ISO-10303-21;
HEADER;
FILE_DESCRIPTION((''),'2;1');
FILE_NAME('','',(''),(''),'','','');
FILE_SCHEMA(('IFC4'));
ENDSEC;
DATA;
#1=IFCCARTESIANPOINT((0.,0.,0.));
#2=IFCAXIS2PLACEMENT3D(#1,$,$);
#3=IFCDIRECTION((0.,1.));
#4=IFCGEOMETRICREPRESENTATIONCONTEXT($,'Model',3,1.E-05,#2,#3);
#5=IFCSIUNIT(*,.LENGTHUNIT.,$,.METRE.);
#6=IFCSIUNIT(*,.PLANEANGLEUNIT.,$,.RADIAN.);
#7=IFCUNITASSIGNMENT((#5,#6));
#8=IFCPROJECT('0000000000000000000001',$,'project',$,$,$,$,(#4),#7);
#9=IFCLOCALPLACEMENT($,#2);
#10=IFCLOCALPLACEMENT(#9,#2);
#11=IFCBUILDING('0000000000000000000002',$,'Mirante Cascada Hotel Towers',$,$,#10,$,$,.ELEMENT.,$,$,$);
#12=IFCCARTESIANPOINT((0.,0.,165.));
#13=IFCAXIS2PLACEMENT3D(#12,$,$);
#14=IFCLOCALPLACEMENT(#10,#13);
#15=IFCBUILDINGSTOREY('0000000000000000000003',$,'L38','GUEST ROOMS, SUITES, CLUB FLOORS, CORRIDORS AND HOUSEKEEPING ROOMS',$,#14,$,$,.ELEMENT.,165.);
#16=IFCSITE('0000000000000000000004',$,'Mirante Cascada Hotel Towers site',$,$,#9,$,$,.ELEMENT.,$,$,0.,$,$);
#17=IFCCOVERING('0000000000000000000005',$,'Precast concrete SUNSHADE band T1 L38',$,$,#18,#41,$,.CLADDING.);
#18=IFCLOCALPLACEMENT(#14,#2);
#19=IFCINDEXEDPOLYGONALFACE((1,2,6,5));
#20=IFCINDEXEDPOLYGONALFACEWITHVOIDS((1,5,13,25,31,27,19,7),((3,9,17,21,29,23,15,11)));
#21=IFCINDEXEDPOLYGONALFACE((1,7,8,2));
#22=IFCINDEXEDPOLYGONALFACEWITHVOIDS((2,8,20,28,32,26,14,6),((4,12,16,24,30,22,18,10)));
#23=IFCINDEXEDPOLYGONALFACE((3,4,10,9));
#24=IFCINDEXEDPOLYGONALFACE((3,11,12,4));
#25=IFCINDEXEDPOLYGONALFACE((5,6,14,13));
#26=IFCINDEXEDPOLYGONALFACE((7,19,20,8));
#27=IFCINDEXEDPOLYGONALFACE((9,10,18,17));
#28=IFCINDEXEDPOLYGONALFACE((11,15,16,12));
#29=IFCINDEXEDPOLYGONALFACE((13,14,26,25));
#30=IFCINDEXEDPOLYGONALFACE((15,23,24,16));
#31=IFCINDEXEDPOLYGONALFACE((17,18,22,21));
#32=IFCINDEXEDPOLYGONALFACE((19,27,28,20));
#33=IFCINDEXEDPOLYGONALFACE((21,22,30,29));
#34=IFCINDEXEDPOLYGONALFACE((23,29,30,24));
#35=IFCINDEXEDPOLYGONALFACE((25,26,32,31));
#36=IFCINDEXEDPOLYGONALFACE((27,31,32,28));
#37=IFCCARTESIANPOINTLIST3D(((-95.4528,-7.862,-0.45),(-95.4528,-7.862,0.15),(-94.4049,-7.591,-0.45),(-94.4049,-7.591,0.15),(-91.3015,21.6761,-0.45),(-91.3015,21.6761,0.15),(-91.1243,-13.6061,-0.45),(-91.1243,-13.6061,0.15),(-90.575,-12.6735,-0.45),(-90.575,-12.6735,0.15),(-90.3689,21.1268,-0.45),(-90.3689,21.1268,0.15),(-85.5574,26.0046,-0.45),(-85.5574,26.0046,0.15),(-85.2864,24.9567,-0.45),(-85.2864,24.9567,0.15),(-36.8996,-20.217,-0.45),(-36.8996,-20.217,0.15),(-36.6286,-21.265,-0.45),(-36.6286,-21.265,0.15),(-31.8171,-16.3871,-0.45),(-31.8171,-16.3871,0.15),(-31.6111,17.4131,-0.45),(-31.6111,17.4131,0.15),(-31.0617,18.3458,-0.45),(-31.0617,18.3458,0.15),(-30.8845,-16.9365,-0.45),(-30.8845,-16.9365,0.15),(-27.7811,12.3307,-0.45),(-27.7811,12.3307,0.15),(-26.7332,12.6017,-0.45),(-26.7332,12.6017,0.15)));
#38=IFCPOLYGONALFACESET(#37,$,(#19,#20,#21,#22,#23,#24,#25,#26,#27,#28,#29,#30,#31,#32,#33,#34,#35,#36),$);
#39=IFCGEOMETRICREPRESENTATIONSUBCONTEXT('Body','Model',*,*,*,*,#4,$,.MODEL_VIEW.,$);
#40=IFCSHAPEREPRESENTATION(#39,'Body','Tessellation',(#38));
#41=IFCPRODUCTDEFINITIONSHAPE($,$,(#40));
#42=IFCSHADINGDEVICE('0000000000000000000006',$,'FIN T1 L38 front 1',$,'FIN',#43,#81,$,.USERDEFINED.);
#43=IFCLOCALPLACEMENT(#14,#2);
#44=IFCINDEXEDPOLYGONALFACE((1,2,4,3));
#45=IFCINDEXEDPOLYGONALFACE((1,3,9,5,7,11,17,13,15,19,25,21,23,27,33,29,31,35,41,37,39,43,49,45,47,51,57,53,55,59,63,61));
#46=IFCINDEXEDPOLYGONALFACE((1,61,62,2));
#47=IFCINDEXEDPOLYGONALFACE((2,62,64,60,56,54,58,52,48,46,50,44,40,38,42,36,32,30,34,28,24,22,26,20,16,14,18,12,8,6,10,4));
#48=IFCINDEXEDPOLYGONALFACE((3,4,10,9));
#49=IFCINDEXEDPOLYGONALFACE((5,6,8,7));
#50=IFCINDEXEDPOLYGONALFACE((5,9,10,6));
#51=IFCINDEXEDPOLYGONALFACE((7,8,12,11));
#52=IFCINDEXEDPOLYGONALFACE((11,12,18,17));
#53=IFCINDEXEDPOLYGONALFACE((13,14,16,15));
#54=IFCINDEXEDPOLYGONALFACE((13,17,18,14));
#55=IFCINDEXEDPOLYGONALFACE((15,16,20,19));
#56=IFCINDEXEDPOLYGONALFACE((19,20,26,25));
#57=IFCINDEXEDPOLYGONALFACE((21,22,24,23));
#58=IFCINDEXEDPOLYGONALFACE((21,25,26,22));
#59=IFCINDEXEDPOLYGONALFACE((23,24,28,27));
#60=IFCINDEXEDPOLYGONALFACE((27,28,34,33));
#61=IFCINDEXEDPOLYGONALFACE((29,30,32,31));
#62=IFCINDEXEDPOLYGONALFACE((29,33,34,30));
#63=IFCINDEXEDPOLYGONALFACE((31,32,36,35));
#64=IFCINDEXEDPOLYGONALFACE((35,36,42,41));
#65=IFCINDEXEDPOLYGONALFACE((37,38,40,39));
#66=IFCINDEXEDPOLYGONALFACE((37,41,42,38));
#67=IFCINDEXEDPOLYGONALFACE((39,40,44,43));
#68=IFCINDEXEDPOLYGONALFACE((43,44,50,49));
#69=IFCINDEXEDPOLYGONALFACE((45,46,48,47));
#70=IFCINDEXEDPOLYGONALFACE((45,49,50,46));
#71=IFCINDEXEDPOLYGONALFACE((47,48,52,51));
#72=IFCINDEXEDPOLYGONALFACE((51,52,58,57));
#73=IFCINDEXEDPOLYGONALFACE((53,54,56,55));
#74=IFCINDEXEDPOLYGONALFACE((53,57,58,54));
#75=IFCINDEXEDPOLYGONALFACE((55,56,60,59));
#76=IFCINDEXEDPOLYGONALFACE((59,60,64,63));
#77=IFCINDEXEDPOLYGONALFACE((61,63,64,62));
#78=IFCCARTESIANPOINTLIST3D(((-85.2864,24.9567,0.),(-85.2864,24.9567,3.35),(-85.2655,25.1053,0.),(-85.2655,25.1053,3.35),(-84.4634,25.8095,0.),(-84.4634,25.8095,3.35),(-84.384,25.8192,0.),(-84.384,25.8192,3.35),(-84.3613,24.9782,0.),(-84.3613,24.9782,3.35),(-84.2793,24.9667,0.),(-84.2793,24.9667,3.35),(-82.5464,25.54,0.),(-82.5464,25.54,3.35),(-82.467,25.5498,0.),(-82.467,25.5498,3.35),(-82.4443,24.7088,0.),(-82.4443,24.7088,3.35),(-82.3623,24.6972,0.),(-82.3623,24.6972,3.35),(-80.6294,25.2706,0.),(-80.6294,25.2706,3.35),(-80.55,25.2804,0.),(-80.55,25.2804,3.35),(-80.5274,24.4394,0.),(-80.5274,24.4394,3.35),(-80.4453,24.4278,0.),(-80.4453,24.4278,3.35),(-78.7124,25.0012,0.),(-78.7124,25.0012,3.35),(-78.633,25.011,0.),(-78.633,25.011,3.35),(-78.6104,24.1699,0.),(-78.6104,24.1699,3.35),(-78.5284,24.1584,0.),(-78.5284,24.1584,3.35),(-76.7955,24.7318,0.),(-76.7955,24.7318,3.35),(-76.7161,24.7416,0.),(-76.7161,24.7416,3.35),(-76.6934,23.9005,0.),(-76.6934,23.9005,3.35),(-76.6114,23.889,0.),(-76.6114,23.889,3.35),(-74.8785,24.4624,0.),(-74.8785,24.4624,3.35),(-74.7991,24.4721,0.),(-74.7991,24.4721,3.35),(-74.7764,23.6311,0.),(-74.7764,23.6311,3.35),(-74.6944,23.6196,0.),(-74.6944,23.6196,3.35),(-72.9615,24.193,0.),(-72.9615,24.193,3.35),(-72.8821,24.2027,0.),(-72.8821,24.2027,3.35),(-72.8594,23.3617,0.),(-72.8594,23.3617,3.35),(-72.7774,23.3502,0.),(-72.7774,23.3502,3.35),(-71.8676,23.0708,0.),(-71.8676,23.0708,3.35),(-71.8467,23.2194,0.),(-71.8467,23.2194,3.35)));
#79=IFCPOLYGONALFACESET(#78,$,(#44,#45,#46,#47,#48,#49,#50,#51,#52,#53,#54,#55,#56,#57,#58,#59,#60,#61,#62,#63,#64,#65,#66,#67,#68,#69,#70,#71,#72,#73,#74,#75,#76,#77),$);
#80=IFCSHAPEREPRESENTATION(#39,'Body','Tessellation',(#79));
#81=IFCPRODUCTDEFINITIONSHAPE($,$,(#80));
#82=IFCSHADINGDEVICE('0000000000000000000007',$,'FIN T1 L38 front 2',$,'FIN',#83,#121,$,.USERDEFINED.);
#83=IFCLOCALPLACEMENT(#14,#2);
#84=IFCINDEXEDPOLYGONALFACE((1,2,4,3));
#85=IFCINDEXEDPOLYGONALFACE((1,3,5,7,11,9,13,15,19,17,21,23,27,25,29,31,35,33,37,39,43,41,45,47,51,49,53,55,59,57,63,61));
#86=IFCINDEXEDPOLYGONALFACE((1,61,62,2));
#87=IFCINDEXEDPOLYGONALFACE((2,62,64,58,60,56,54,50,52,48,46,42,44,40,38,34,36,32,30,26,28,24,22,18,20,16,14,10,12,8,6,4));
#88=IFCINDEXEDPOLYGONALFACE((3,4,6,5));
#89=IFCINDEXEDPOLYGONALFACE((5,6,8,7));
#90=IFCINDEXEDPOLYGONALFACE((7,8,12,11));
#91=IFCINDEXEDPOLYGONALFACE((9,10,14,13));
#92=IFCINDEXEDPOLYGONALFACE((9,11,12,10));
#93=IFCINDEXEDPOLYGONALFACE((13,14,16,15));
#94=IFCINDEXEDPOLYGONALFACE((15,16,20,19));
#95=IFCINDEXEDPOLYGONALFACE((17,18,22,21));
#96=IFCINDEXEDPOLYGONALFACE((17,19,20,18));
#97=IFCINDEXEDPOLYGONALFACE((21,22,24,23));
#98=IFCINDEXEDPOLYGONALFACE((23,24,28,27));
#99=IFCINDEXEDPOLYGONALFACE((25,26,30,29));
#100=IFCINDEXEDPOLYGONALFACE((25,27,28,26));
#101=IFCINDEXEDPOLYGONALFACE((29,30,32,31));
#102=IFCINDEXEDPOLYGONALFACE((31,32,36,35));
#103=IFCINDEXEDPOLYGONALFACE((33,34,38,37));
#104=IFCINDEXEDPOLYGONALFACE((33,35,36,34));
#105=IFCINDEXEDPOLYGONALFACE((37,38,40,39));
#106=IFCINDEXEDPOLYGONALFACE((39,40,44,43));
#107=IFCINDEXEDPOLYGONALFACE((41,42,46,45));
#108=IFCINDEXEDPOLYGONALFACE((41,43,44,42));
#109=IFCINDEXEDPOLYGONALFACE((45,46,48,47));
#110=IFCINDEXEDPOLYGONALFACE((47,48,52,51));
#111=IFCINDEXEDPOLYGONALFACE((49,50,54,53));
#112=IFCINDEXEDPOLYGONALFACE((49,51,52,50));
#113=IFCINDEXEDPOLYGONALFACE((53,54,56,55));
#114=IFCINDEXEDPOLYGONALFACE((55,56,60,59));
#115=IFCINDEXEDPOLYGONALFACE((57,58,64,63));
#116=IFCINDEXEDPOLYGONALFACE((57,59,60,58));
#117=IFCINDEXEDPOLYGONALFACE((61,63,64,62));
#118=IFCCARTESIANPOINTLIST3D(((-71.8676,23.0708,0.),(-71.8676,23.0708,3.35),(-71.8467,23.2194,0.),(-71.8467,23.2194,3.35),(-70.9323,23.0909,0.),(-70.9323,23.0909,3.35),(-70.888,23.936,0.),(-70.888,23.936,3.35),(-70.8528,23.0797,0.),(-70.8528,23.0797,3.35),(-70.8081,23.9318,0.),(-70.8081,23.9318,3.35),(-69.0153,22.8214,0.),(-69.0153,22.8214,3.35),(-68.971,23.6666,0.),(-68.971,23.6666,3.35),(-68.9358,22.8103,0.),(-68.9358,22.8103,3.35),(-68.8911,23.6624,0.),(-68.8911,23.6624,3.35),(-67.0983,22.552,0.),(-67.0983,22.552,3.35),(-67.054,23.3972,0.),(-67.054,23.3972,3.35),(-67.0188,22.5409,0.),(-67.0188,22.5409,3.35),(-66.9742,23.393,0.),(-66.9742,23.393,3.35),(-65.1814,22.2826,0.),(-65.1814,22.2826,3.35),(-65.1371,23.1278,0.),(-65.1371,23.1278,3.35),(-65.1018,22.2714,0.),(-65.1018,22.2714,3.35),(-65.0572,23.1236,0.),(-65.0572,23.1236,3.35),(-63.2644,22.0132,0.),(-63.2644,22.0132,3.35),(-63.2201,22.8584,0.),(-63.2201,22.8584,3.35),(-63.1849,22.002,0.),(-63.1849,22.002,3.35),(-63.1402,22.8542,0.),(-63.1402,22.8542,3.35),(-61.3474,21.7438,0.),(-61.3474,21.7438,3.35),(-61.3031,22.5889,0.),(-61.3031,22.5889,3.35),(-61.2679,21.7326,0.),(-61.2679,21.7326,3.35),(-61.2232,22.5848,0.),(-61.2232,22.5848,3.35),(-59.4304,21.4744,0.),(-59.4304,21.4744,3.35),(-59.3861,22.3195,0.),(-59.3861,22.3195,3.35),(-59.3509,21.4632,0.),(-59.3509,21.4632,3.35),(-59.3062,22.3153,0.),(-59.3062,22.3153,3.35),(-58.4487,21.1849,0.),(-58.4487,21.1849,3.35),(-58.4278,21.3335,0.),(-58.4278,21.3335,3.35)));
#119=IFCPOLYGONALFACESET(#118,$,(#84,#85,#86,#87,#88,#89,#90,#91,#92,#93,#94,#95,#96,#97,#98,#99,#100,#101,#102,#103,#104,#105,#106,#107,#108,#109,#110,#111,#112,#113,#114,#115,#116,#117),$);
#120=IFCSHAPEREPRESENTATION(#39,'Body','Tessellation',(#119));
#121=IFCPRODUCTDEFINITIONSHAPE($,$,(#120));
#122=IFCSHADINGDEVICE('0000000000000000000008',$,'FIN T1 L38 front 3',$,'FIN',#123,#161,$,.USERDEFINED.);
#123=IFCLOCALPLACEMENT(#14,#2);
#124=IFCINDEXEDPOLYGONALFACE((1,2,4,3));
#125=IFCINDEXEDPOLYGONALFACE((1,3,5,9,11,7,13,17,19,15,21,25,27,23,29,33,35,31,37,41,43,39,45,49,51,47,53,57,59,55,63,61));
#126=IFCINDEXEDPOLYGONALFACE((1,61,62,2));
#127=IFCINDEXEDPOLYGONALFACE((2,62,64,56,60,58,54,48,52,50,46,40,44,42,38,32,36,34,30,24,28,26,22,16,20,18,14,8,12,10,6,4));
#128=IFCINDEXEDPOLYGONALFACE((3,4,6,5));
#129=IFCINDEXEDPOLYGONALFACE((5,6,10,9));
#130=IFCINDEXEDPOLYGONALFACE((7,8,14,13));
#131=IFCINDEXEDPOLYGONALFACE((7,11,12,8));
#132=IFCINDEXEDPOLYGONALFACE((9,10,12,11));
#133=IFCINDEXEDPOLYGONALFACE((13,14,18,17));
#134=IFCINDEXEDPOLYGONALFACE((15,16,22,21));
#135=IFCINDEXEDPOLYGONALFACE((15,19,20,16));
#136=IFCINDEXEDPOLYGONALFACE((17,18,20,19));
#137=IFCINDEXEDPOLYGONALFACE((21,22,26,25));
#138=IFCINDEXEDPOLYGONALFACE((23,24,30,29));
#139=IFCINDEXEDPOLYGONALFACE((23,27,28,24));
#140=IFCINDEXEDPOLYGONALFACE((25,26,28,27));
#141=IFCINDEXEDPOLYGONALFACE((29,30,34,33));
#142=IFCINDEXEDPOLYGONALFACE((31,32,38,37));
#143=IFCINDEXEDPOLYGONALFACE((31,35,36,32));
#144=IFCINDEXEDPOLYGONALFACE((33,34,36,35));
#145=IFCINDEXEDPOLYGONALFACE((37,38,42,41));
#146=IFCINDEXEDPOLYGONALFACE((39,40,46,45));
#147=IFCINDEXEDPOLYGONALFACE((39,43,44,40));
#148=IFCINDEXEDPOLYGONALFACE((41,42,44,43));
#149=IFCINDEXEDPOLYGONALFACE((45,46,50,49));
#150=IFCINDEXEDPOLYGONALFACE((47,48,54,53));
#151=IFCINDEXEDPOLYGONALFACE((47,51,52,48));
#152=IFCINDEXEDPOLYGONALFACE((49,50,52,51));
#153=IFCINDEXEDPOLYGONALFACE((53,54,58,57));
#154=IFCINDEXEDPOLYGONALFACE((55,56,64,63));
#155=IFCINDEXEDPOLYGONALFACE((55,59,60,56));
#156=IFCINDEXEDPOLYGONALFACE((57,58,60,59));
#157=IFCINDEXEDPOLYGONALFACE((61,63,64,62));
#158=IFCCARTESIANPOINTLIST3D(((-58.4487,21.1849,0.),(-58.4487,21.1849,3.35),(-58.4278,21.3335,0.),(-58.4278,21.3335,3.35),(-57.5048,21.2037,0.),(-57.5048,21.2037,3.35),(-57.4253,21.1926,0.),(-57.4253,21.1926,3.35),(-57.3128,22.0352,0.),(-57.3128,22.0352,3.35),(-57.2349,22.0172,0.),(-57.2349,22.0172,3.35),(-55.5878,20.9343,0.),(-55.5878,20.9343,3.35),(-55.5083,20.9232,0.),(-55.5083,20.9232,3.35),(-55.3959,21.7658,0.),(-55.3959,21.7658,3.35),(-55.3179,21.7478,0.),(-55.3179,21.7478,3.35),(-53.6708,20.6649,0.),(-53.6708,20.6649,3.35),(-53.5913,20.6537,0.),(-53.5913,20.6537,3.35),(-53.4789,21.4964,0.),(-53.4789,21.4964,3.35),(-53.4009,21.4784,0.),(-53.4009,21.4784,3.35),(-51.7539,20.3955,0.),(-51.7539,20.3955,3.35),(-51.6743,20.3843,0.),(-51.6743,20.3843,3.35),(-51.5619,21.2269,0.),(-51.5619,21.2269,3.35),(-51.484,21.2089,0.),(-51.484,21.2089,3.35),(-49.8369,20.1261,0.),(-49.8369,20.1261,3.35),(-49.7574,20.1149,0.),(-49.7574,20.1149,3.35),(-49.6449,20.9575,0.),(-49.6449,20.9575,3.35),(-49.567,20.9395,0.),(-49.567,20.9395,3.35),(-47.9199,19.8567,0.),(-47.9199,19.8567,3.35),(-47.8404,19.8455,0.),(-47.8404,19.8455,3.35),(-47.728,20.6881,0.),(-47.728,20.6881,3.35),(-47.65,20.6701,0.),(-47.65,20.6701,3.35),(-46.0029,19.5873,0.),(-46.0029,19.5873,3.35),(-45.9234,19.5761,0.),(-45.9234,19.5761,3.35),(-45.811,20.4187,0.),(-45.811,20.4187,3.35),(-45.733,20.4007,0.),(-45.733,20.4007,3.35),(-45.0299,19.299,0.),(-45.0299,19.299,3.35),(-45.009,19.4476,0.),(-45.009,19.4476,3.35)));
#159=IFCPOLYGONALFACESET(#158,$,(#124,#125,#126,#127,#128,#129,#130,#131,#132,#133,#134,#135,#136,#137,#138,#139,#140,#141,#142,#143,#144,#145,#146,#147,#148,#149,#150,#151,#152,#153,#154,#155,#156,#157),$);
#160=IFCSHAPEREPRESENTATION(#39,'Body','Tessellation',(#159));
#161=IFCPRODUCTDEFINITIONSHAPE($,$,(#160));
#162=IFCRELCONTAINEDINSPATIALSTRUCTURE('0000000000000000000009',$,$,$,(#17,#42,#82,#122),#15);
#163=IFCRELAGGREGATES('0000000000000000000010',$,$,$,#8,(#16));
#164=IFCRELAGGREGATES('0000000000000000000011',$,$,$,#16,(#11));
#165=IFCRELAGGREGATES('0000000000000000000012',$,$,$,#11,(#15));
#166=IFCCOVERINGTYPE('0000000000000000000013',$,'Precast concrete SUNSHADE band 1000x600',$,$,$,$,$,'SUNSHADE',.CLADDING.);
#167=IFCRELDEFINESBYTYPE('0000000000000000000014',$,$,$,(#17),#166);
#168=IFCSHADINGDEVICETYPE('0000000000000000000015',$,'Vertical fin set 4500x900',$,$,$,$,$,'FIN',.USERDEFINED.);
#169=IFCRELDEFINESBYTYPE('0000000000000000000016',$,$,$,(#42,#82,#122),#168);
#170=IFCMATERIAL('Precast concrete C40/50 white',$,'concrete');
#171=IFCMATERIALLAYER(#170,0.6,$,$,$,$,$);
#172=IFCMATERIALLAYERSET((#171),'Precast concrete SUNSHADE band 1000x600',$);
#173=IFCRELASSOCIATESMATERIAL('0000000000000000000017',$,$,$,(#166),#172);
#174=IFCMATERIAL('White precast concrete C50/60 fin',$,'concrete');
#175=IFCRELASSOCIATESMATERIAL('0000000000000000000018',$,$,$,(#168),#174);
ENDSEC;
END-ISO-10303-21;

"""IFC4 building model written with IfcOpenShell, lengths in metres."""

from ifc_helpers import new_model, si_unit, direction, frame, origin, place, context, subcontext, project, spatial, polyline, outline, extrude, material, layer, layer_set, type_object, element, save


model = new_model("IFC4")

# Units and contexts
model_context = context("Model", 3, precision=1e-05, world=origin(), true_north=direction((0.0, 1.0)))
body_context = subcontext(model_context, "Body", "Model", "MODEL_VIEW")
ifc_project = project(units=[si_unit("LENGTHUNIT", "METRE"), si_unit("PLANEANGLEUNIT", "RADIAN")], contexts=[model_context])

# Site, building, storey
site_placement = place(None, origin())
site = spatial("IfcSite", under=ifc_project, at=site_placement, Name="Mirante Cascada Hotel Towers site", CompositionType="ELEMENT", RefElevation=0.0)
building_placement = place(site_placement, origin())
building = spatial("IfcBuilding", under=site, at=building_placement, Name="Mirante Cascada Hotel Towers", CompositionType="ELEMENT")
storey_placement = place(building_placement, frame((0.0, 0.0, 165.0)))
storey = spatial("IfcBuildingStorey", under=building, at=storey_placement, Name="L38", Description="GUEST ROOMS, SUITES, CLUB FLOORS, CORRIDORS AND HOUSEKEEPING ROOMS", CompositionType="ELEMENT", Elevation=165.0)

# Covering
ifc_material_1 = material(Name="Precast concrete C40/50 white", Category="concrete")
ifc_layer_1 = layer(ifc_material_1, 0.6)
ifc_layer_set_1 = layer_set([ifc_layer_1], Name="Precast concrete SUNSHADE band 1000x600")
covering_type = type_object("IfcCoveringType", Name="Precast concrete SUNSHADE band 1000x600", ElementType="SUNSHADE", PredefinedType="CLADDING", material=ifc_layer_set_1)
covering_placement = place(storey_placement, frame((0.0, 0.0, -0.45)))
element("IfcCovering", 1, at=covering_placement, inside=storey, type_object=covering_type, Name="Precast concrete SUNSHADE band T1 L38", PredefinedType="CLADDING", context=body_context, shape_type="SweptSolid", body=[
    extrude(outline(polyline([(-95.4528, -7.862), (-91.3015, 21.6761), (-85.5574, 26.0046), (-31.0617, 18.3458), (-26.7332, 12.6017), (-30.8845, -16.9365), (-36.6286, -21.265), (-91.1243, -13.6061), (-95.4528, -7.862)]), holes=[polyline([(-27.7811, 12.3307), (-31.6111, 17.4131), (-85.2864, 24.9567), (-90.3689, 21.1268), (-94.4049, -7.591), (-90.575, -12.6735), (-36.8996, -20.217), (-31.8171, -16.3871), (-27.7811, 12.3307)])]), origin(), (0.0, 0.0, 1.0), 0.6),
])

# Shading devices
ifc_material_2 = material(Name="White precast concrete C50/60 fin", Category="concrete")
shading_device_type = type_object("IfcShadingDeviceType", Name="Vertical fin set 4500x900", ElementType="FIN", PredefinedType="USERDEFINED", material=ifc_material_2)
shading_device_1_placement = place(storey_placement, origin())
element("IfcShadingDevice", 2, at=shading_device_1_placement, inside=storey, type_object=shading_device_type, Name="FIN T1 L38 front 1", ObjectType="FIN", PredefinedType="USERDEFINED", context=body_context, shape_type="SweptSolid", body=[
    extrude(outline(polyline([(-72.7774, 23.3502), (-71.8467, 23.2194), (-71.8676, 23.0708), (-85.2864, 24.9567), (-85.2655, 25.1053), (-84.3613, 24.9782), (-84.4634, 25.8095), (-84.384, 25.8192), (-84.2793, 24.9667), (-82.4443, 24.7088), (-82.5464, 25.54), (-82.467, 25.5498), (-82.3623, 24.6972), (-80.5274, 24.4394), (-80.6294, 25.2706), (-80.55, 25.2804), (-80.4453, 24.4278), (-78.6104, 24.1699), (-78.7124, 25.0012), (-78.633, 25.011), (-78.5284, 24.1584), (-76.6934, 23.9005), (-76.7955, 24.7318), (-76.7161, 24.7416), (-76.6114, 23.889), (-74.7764, 23.6311), (-74.8785, 24.4624), (-74.7991, 24.4721), (-74.6944, 23.6196), (-72.8594, 23.3617), (-72.9615, 24.193), (-72.8821, 24.2027), (-72.7774, 23.3502)])), origin(), (0.0, 0.0, 1.0), 3.35),
])
shading_device_2_placement = place(storey_placement, origin())
element("IfcShadingDevice", 3, at=shading_device_2_placement, inside=storey, type_object=shading_device_type, Name="FIN T1 L38 front 2", ObjectType="FIN", PredefinedType="USERDEFINED", context=body_context, shape_type="SweptSolid", body=[
    extrude(outline(polyline([(-59.3509, 21.4632), (-58.4278, 21.3335), (-58.4487, 21.1849), (-71.8676, 23.0708), (-71.8467, 23.2194), (-70.9323, 23.0909), (-70.888, 23.936), (-70.8081, 23.9318), (-70.8528, 23.0797), (-69.0153, 22.8214), (-68.971, 23.6666), (-68.8911, 23.6624), (-68.9358, 22.8103), (-67.0983, 22.552), (-67.054, 23.3972), (-66.9742, 23.393), (-67.0188, 22.5409), (-65.1814, 22.2826), (-65.1371, 23.1278), (-65.0572, 23.1236), (-65.1018, 22.2714), (-63.2644, 22.0132), (-63.2201, 22.8584), (-63.1402, 22.8542), (-63.1849, 22.002), (-61.3474, 21.7438), (-61.3031, 22.5889), (-61.2232, 22.5848), (-61.2679, 21.7326), (-59.4304, 21.4744), (-59.3861, 22.3195), (-59.3062, 22.3153), (-59.3509, 21.4632)])), origin(), (0.0, 0.0, 1.0), 3.35),
])
shading_device_3_placement = place(storey_placement, origin())
element("IfcShadingDevice", 4, at=shading_device_3_placement, inside=storey, type_object=shading_device_type, Name="FIN T1 L38 front 3", ObjectType="FIN", PredefinedType="USERDEFINED", context=body_context, shape_type="SweptSolid", body=[
    extrude(outline(polyline([(-45.9234, 19.5761), (-45.009, 19.4476), (-45.0299, 19.299), (-58.4487, 21.1849), (-58.4278, 21.3335), (-57.5048, 21.2037), (-57.3128, 22.0352), (-57.2349, 22.0172), (-57.4253, 21.1926), (-55.5878, 20.9343), (-55.3959, 21.7658), (-55.3179, 21.7478), (-55.5083, 20.9232), (-53.6708, 20.6649), (-53.4789, 21.4964), (-53.4009, 21.4784), (-53.5913, 20.6537), (-51.7539, 20.3955), (-51.5619, 21.2269), (-51.484, 21.2089), (-51.6743, 20.3843), (-49.8369, 20.1261), (-49.6449, 20.9575), (-49.567, 20.9395), (-49.7574, 20.1149), (-47.9199, 19.8567), (-47.728, 20.6881), (-47.65, 20.6701), (-47.8404, 19.8455), (-46.0029, 19.5873), (-45.811, 20.4187), (-45.733, 20.4007), (-45.9234, 19.5761)])), origin(), (0.0, 0.0, 1.0), 3.35),
])

save(model, "model.ifc")
